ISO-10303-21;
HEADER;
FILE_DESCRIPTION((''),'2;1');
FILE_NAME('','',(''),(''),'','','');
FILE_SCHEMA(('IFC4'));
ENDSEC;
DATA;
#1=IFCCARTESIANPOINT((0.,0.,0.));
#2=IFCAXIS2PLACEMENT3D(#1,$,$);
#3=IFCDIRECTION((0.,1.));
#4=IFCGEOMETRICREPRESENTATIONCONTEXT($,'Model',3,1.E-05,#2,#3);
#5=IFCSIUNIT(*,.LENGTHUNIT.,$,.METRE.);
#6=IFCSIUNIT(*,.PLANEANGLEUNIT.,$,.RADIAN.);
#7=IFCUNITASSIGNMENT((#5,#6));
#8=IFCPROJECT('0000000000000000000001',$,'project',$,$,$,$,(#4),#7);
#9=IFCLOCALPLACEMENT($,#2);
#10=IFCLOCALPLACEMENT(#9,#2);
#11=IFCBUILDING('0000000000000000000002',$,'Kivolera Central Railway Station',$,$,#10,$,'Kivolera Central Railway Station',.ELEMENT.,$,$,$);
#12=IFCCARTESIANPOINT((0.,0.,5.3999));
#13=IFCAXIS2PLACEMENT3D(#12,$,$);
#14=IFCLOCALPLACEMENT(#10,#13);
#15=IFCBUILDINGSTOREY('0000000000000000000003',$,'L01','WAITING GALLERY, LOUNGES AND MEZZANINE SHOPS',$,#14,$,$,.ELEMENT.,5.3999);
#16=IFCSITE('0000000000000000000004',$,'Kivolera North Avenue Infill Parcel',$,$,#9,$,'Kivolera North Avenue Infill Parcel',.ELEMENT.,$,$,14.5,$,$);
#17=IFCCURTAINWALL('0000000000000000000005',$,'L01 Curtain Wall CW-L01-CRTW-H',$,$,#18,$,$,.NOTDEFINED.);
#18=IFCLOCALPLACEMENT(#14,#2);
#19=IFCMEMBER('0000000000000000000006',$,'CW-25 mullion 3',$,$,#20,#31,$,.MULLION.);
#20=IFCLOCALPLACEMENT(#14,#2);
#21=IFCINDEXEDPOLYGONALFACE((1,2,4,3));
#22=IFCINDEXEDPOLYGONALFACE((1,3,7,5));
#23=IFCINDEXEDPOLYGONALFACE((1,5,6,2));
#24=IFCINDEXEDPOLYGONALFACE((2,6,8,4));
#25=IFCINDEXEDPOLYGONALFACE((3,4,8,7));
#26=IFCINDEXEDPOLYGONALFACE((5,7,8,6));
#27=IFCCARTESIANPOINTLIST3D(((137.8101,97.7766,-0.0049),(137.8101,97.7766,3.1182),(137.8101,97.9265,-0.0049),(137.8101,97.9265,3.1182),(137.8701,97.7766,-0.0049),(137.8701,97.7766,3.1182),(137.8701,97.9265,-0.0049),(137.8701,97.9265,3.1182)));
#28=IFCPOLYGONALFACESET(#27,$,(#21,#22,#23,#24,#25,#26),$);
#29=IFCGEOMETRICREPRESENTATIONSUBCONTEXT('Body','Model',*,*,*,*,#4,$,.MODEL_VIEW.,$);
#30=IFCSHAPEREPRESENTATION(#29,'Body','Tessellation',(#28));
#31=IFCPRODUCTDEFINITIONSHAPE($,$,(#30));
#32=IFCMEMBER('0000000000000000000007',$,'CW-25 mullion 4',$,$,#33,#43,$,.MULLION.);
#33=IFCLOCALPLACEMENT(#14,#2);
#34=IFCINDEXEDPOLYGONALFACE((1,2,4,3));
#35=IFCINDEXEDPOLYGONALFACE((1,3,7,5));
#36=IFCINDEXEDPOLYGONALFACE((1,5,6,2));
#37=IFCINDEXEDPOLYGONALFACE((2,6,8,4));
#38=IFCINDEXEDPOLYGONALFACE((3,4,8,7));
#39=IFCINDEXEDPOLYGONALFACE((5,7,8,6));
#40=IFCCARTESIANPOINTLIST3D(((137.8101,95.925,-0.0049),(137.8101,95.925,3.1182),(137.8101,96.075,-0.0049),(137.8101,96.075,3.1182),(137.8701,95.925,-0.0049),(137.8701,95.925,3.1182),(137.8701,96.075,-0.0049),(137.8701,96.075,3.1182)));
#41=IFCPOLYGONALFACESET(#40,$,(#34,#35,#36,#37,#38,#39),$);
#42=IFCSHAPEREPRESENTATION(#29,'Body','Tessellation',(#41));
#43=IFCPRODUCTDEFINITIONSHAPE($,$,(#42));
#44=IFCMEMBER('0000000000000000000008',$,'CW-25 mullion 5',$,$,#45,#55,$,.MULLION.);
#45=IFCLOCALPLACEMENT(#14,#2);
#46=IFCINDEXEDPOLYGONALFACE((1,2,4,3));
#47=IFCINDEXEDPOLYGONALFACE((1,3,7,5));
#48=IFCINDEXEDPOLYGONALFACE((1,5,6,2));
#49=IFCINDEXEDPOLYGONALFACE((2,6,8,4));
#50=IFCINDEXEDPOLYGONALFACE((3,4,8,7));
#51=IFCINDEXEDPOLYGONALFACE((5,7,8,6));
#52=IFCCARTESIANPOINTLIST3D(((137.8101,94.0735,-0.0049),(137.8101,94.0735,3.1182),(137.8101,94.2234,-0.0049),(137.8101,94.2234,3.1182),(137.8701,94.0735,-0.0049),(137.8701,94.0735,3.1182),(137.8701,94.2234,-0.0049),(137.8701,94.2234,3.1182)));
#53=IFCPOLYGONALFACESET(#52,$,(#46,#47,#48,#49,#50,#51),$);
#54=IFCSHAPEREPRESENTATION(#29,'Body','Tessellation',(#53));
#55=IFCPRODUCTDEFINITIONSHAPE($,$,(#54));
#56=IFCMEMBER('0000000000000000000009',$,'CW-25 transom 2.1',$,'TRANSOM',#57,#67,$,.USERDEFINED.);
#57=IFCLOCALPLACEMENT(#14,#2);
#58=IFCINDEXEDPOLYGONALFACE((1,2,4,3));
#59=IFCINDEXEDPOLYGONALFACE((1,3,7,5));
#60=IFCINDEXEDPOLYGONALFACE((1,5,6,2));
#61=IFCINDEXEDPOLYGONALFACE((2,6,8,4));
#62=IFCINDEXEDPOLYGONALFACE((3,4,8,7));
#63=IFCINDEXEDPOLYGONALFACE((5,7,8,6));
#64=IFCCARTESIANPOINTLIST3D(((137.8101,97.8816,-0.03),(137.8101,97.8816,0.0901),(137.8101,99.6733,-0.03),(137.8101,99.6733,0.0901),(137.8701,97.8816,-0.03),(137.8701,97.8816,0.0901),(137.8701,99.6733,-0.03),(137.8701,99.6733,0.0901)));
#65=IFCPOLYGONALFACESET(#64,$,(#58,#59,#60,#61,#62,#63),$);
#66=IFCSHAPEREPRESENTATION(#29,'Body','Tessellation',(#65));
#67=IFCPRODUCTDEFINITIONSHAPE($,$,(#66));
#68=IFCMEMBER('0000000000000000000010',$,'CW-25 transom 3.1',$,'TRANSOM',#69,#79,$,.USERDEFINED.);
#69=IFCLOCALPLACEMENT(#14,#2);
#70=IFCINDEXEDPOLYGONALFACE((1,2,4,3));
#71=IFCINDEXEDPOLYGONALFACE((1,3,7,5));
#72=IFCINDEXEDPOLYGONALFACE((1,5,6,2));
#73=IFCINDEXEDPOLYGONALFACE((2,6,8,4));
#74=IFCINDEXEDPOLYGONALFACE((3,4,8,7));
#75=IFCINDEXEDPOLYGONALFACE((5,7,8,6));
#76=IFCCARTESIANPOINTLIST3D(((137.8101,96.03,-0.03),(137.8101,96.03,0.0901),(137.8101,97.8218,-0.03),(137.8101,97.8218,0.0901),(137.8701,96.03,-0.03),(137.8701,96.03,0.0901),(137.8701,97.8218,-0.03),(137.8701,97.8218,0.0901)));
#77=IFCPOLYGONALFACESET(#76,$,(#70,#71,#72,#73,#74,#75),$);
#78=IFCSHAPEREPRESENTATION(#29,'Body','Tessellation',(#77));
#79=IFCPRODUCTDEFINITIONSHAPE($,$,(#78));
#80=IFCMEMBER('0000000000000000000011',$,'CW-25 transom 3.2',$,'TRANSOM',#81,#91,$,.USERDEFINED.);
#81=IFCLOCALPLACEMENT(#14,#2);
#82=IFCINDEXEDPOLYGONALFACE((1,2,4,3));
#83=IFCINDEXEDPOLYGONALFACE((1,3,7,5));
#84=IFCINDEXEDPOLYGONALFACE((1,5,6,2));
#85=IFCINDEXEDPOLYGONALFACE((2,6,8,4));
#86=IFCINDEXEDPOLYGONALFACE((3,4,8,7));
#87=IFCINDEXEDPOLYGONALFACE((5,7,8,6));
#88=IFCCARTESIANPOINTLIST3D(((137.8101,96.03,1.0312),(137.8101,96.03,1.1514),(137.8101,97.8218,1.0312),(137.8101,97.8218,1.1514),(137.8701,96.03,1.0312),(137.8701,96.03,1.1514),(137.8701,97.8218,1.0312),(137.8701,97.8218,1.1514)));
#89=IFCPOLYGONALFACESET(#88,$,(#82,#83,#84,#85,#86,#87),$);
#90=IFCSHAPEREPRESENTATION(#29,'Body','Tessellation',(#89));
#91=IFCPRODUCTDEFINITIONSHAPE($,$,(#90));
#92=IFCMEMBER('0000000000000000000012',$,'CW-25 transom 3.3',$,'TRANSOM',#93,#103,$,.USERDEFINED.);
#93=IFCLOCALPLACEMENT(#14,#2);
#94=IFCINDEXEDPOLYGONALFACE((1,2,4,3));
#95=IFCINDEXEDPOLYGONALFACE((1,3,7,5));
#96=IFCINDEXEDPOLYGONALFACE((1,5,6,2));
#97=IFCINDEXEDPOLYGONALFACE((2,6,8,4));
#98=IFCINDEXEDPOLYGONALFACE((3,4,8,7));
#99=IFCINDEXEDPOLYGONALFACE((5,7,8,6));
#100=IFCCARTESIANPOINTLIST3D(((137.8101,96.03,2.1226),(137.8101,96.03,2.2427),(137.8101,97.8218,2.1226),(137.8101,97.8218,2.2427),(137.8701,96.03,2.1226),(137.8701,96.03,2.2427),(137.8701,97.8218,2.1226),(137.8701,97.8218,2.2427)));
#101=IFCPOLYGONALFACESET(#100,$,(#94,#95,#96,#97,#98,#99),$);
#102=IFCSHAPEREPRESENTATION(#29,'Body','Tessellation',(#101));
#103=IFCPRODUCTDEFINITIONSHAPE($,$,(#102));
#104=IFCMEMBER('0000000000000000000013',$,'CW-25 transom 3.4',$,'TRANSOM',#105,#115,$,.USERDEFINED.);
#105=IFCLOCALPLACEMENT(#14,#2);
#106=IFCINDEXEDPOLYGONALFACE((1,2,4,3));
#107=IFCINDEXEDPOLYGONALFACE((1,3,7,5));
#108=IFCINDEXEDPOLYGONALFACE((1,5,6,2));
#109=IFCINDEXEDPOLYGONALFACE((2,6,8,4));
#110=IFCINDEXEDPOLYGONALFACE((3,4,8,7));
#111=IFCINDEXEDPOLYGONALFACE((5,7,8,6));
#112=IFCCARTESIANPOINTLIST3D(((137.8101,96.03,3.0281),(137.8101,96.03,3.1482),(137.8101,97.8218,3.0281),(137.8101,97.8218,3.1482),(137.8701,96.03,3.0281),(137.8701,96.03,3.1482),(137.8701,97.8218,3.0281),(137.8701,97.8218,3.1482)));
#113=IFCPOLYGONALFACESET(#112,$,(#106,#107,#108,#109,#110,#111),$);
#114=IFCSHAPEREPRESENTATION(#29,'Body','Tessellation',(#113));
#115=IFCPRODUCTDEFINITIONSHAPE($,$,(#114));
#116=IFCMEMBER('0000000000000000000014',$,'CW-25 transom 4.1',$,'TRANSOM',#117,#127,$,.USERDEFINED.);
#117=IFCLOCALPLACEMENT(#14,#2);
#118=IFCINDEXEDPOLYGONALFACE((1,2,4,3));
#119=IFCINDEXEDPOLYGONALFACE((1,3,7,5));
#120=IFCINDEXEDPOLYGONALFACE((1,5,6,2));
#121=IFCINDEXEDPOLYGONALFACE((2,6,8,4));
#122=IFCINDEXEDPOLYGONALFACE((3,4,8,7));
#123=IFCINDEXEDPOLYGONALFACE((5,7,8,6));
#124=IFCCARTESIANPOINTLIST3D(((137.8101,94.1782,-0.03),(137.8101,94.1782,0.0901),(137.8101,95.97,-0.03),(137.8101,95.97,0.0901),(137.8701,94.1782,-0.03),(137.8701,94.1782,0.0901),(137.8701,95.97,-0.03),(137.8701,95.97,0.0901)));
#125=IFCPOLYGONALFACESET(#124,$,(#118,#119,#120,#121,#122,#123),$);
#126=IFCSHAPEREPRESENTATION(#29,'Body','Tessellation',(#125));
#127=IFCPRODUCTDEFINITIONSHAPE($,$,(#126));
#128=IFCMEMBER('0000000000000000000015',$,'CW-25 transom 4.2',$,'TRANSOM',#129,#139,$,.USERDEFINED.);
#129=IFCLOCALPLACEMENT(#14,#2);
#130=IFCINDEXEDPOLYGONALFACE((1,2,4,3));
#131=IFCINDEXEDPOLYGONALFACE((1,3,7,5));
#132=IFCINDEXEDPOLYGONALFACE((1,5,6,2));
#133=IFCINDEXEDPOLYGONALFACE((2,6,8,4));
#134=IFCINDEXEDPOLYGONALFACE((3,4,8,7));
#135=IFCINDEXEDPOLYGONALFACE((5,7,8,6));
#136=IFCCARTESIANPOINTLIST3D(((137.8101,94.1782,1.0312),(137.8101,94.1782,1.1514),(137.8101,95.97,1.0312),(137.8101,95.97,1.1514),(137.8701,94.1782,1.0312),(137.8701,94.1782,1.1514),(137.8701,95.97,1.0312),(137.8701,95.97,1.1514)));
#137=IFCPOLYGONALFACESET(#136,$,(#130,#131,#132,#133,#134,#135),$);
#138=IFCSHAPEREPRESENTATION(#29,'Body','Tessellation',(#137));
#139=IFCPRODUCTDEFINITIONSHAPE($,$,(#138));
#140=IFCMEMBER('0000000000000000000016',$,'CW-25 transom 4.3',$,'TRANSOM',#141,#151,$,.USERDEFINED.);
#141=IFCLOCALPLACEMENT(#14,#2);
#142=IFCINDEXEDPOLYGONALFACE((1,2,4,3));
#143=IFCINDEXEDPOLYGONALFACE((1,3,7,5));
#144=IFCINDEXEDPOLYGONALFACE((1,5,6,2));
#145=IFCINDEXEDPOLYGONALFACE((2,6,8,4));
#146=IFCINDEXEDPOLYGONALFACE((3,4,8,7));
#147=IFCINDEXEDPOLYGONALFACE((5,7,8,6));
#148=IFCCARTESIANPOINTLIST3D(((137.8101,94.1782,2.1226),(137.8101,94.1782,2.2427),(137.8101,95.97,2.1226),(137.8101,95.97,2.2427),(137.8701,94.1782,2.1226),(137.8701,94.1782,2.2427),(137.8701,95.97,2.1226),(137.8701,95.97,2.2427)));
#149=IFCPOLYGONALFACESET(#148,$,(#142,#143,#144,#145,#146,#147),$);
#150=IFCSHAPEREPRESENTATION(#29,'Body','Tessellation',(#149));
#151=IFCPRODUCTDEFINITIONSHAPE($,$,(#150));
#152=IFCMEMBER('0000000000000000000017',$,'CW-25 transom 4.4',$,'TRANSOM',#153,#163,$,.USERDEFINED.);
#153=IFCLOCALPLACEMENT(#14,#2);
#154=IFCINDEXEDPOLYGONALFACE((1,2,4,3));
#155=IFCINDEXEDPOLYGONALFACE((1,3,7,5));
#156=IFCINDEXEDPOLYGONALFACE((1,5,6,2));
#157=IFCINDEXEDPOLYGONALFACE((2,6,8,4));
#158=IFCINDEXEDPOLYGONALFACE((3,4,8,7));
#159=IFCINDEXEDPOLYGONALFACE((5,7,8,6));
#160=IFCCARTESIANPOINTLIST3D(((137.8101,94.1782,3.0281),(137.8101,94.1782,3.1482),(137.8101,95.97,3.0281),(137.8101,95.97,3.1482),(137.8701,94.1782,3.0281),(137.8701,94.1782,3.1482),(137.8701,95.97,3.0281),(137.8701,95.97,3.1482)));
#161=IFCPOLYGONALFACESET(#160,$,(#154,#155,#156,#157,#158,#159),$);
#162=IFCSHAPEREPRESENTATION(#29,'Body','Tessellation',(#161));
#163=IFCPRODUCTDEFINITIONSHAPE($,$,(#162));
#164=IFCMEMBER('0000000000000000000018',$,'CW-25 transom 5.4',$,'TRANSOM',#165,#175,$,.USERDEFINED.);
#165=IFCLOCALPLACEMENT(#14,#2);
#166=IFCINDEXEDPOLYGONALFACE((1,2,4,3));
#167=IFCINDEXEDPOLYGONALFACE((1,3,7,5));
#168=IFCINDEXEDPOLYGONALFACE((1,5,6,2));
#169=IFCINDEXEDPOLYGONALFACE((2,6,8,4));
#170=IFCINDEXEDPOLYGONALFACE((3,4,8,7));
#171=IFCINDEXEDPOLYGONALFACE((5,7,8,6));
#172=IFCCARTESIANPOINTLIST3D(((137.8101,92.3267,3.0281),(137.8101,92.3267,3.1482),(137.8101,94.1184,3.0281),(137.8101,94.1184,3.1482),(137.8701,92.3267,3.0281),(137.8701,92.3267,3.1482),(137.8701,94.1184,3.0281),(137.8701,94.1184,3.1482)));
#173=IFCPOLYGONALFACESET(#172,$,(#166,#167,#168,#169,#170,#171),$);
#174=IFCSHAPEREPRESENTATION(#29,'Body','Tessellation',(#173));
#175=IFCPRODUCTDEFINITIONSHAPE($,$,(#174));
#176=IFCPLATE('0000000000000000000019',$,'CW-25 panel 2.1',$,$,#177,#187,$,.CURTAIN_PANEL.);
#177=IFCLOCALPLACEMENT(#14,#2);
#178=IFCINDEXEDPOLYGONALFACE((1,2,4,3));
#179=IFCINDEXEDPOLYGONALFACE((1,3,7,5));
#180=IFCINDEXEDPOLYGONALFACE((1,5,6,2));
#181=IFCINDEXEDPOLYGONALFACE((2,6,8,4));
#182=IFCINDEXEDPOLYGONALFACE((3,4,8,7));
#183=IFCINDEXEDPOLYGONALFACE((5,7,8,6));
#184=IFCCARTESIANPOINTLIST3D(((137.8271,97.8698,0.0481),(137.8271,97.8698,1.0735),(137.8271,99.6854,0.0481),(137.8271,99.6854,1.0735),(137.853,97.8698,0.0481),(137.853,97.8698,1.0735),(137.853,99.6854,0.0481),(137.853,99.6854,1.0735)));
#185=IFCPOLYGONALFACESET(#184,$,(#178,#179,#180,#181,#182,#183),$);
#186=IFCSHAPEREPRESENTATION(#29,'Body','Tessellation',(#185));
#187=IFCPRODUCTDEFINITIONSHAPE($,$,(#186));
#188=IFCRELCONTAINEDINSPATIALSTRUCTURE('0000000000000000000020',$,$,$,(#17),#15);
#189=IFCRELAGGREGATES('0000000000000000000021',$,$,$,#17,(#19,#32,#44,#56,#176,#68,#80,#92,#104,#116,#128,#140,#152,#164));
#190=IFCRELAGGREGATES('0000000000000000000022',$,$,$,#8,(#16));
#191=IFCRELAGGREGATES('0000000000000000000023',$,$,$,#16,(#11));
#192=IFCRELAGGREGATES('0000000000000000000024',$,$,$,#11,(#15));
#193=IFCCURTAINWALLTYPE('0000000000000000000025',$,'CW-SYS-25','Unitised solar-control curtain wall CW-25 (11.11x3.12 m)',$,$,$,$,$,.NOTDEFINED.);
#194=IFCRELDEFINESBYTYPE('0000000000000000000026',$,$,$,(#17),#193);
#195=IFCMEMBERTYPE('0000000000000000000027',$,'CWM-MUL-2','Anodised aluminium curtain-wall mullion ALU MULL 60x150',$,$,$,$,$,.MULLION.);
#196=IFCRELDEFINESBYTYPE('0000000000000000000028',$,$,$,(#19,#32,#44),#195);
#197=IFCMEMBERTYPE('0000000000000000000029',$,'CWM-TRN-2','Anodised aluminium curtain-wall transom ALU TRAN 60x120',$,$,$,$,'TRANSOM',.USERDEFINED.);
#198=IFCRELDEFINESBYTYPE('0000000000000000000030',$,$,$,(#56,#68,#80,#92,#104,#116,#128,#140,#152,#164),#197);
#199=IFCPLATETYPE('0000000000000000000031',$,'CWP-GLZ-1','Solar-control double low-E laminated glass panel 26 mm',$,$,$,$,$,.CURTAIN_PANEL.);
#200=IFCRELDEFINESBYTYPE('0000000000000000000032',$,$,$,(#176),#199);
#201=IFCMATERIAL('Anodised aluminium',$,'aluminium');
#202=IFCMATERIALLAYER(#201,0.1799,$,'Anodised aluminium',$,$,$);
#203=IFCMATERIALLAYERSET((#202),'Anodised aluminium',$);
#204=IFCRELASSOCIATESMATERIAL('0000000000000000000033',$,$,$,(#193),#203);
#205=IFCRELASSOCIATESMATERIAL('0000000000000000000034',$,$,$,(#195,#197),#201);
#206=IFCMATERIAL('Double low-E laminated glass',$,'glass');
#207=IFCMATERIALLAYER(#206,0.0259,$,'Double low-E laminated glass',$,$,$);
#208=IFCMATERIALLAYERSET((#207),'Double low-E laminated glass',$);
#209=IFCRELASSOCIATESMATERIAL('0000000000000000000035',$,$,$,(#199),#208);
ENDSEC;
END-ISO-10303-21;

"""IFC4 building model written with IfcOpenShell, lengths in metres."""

from ifc_helpers import new_model, si_unit, direction, frame, origin, origin_2d, place, context, subcontext, project, spatial, rectangle, extrude, material, layer, layer_set, material_profile, profile_set, type_object, element, aggregate, save


model = new_model("IFC4")

# Units and contexts
model_context = context("Model", 3, precision=1e-05, world=origin(), true_north=direction((0.0, 1.0)))
body_context = subcontext(model_context, "Body", "Model", "MODEL_VIEW")
ifc_project = project(units=[si_unit("LENGTHUNIT", "METRE"), si_unit("PLANEANGLEUNIT", "RADIAN")], contexts=[model_context])

# Site, building, storey
site_placement = place(None, origin())
site = spatial("IfcSite", under=ifc_project, at=site_placement, Name="Kivolera North Avenue Infill Parcel", LongName="Kivolera North Avenue Infill Parcel", CompositionType="ELEMENT", RefElevation=14.5)
building_placement = place(site_placement, origin())
building = spatial("IfcBuilding", under=site, at=building_placement, Name="Kivolera Central Railway Station", LongName="Kivolera Central Railway Station", CompositionType="ELEMENT")
storey_placement = place(building_placement, frame((0.0, 0.0, 5.3999)))
storey = spatial("IfcBuildingStorey", under=building, at=storey_placement, Name="L01", Description="WAITING GALLERY, LOUNGES AND MEZZANINE SHOPS", CompositionType="ELEMENT", Elevation=5.3999)

# Curtain wall, members, plate
ifc_material_1 = material(Name="Anodised aluminium", Category="aluminium")
ifc_layer_1 = layer(ifc_material_1, 0.1799, Name="Anodised aluminium")
ifc_layer_set_1 = layer_set([ifc_layer_1], Name="Anodised aluminium")
curtain_wall_type = type_object("IfcCurtainWallType", Name="CW-SYS-25", Description="Unitised solar-control curtain wall CW-25 (11.11x3.12 m)", PredefinedType="NOTDEFINED", material=ifc_layer_set_1)
curtain_wall_placement = place(storey_placement, origin())
curtain_wall = element("IfcCurtainWall", 1, at=curtain_wall_placement, inside=storey, type_object=curtain_wall_type, Name="L01 Curtain Wall CW-L01-CRTW-H", PredefinedType="NOTDEFINED")
ifc_material_profile_1 = material_profile(ifc_material_1, rectangle(XDim=0.0601, YDim=0.1499, at=origin_2d()), Name="ALU MULL 60x150")
ifc_profile_set_1 = profile_set([ifc_material_profile_1], Name="Anodised aluminium")
member_type_1 = type_object("IfcMemberType", Name="CWM-MUL-2", Description="Anodised aluminium curtain-wall mullion ALU MULL 60x150", PredefinedType="MULLION", material=ifc_profile_set_1)
member_1_placement = place(storey_placement, frame((137.8401, 97.8516, -0.0049), z_axis=(0.0, 0.0, 1.0), x_axis=(1.0, 0.0, 0.0)))
member_1 = element("IfcMember", 2, at=member_1_placement, type_object=member_type_1, Name="CW-25 mullion 3", PredefinedType="MULLION", context=body_context, shape_type="SweptSolid", body=[
    extrude(rectangle(XDim=0.0601, YDim=0.1499, at=origin_2d()), origin(), (0.0, 0.0, 1.0), 3.123),
])
member_2_placement = place(storey_placement, frame((137.8401, 96.0, -0.0049), z_axis=(0.0, 0.0, 1.0), x_axis=(1.0, 0.0, 0.0)))
member_2 = element("IfcMember", 3, at=member_2_placement, type_object=member_type_1, Name="CW-25 mullion 4", PredefinedType="MULLION", context=body_context, shape_type="SweptSolid", body=[
    extrude(rectangle(XDim=0.0601, YDim=0.1499, at=origin_2d()), origin(), (0.0, 0.0, 1.0), 3.123),
])
member_3_placement = place(storey_placement, frame((137.8401, 94.1484, -0.0049), z_axis=(0.0, 0.0, 1.0), x_axis=(1.0, 0.0, 0.0)))
member_3 = element("IfcMember", 4, at=member_3_placement, type_object=member_type_1, Name="CW-25 mullion 5", PredefinedType="MULLION", context=body_context, shape_type="SweptSolid", body=[
    extrude(rectangle(XDim=0.0601, YDim=0.1499, at=origin_2d()), origin(), (0.0, 0.0, 1.0), 3.123),
])
ifc_material_profile_2 = material_profile(ifc_material_1, rectangle(XDim=0.0601, YDim=0.1201, at=origin_2d()), Name="ALU TRAN 60x120")
ifc_profile_set_2 = profile_set([ifc_material_profile_2], Name="Anodised aluminium")
member_type_2 = type_object("IfcMemberType", Name="CWM-TRN-2", Description="Anodised aluminium curtain-wall transom ALU TRAN 60x120", ElementType="TRANSOM", PredefinedType="USERDEFINED", material=ifc_profile_set_2)
member_4_placement = place(storey_placement, frame((137.8401, 99.6733, 0.03), z_axis=(0.0, -1.0, 0.0), x_axis=(1.0, 0.0, 0.0)))
member_4 = element("IfcMember", 5, at=member_4_placement, type_object=member_type_2, Name="CW-25 transom 2.1", ObjectType="TRANSOM", PredefinedType="USERDEFINED", context=body_context, shape_type="SweptSolid", body=[
    extrude(rectangle(XDim=0.0601, YDim=0.1201, at=origin_2d()), origin(), (0.0, 0.0, 1.0), 1.7917),
])
member_5_placement = place(storey_placement, frame((137.8401, 97.8218, 0.03), z_axis=(0.0, -1.0, 0.0), x_axis=(1.0, 0.0, 0.0)))
member_5 = element("IfcMember", 6, at=member_5_placement, type_object=member_type_2, Name="CW-25 transom 3.1", ObjectType="TRANSOM", PredefinedType="USERDEFINED", context=body_context, shape_type="SweptSolid", body=[
    extrude(rectangle(XDim=0.0601, YDim=0.1201, at=origin_2d()), origin(), (0.0, 0.0, 1.0), 1.7917),
])
member_6_placement = place(storey_placement, frame((137.8401, 97.8218, 1.0913), z_axis=(0.0, -1.0, 0.0), x_axis=(1.0, 0.0, 0.0)))
member_6 = element("IfcMember", 7, at=member_6_placement, type_object=member_type_2, Name="CW-25 transom 3.2", ObjectType="TRANSOM", PredefinedType="USERDEFINED", context=body_context, shape_type="SweptSolid", body=[
    extrude(rectangle(XDim=0.0601, YDim=0.1201, at=origin_2d()), origin(), (0.0, 0.0, 1.0), 1.7917),
])
member_7_placement = place(storey_placement, frame((137.8401, 97.8218, 2.1826), z_axis=(0.0, -1.0, 0.0), x_axis=(1.0, 0.0, 0.0)))
member_7 = element("IfcMember", 8, at=member_7_placement, type_object=member_type_2, Name="CW-25 transom 3.3", ObjectType="TRANSOM", PredefinedType="USERDEFINED", context=body_context, shape_type="SweptSolid", body=[
    extrude(rectangle(XDim=0.0601, YDim=0.1201, at=origin_2d()), origin(), (0.0, 0.0, 1.0), 1.7917),
])
member_8_placement = place(storey_placement, frame((137.8401, 97.8218, 3.0881), z_axis=(0.0, -1.0, 0.0), x_axis=(1.0, 0.0, 0.0)))
member_8 = element("IfcMember", 9, at=member_8_placement, type_object=member_type_2, Name="CW-25 transom 3.4", ObjectType="TRANSOM", PredefinedType="USERDEFINED", context=body_context, shape_type="SweptSolid", body=[
    extrude(rectangle(XDim=0.0601, YDim=0.1201, at=origin_2d()), origin(), (0.0, 0.0, 1.0), 1.7917),
])
member_9_placement = place(storey_placement, frame((137.8401, 95.97, 0.03), z_axis=(0.0, -1.0, 0.0), x_axis=(1.0, 0.0, 0.0)))
member_9 = element("IfcMember", 10, at=member_9_placement, type_object=member_type_2, Name="CW-25 transom 4.1", ObjectType="TRANSOM", PredefinedType="USERDEFINED", context=body_context, shape_type="SweptSolid", body=[
    extrude(rectangle(XDim=0.0601, YDim=0.1201, at=origin_2d()), origin(), (0.0, 0.0, 1.0), 1.7917),
])
member_10_placement = place(storey_placement, frame((137.8401, 95.97, 1.0913), z_axis=(0.0, -1.0, 0.0), x_axis=(1.0, 0.0, 0.0)))
member_10 = element("IfcMember", 11, at=member_10_placement, type_object=member_type_2, Name="CW-25 transom 4.2", ObjectType="TRANSOM", PredefinedType="USERDEFINED", context=body_context, shape_type="SweptSolid", body=[
    extrude(rectangle(XDim=0.0601, YDim=0.1201, at=origin_2d()), origin(), (0.0, 0.0, 1.0), 1.7917),
])
member_11_placement = place(storey_placement, frame((137.8401, 95.97, 2.1826), z_axis=(0.0, -1.0, 0.0), x_axis=(1.0, 0.0, 0.0)))
member_11 = element("IfcMember", 12, at=member_11_placement, type_object=member_type_2, Name="CW-25 transom 4.3", ObjectType="TRANSOM", PredefinedType="USERDEFINED", context=body_context, shape_type="SweptSolid", body=[
    extrude(rectangle(XDim=0.0601, YDim=0.1201, at=origin_2d()), origin(), (0.0, 0.0, 1.0), 1.7917),
])
member_12_placement = place(storey_placement, frame((137.8401, 95.97, 3.0881), z_axis=(0.0, -1.0, 0.0), x_axis=(1.0, 0.0, 0.0)))
member_12 = element("IfcMember", 13, at=member_12_placement, type_object=member_type_2, Name="CW-25 transom 4.4", ObjectType="TRANSOM", PredefinedType="USERDEFINED", context=body_context, shape_type="SweptSolid", body=[
    extrude(rectangle(XDim=0.0601, YDim=0.1201, at=origin_2d()), origin(), (0.0, 0.0, 1.0), 1.7917),
])
member_13_placement = place(storey_placement, frame((137.8401, 94.1184, 3.0881), z_axis=(0.0, -1.0, 0.0), x_axis=(1.0, 0.0, 0.0)))
member_13 = element("IfcMember", 14, at=member_13_placement, type_object=member_type_2, Name="CW-25 transom 5.4", ObjectType="TRANSOM", PredefinedType="USERDEFINED", context=body_context, shape_type="SweptSolid", body=[
    extrude(rectangle(XDim=0.0601, YDim=0.1201, at=origin_2d()), origin(), (0.0, 0.0, 1.0), 1.7917),
])
ifc_material_2 = material(Name="Double low-E laminated glass", Category="glass")
ifc_layer_2 = layer(ifc_material_2, 0.0259, Name="Double low-E laminated glass")
ifc_layer_set_2 = layer_set([ifc_layer_2], Name="Double low-E laminated glass")
plate_type = type_object("IfcPlateType", Name="CWP-GLZ-1", Description="Solar-control double low-E laminated glass panel 26 mm", PredefinedType="CURTAIN_PANEL", material=ifc_layer_set_2)
plate_1_placement = place(storey_placement, frame((137.8401, 98.7776, 0.0481), z_axis=(0.0, 0.0, 1.0), x_axis=(0.0, -1.0, 0.0)))
plate_1 = element("IfcPlate", 15, at=plate_1_placement, type_object=plate_type, Name="CW-25 panel 2.1", PredefinedType="CURTAIN_PANEL", context=body_context, shape_type="SweptSolid", body=[
    extrude(rectangle(XDim=1.8157, YDim=0.0259, at=origin_2d()), origin(), (0.0, 0.0, 1.0), 1.0254),
])
aggregate(curtain_wall, [member_1, member_2, member_3, member_4, plate_1, member_5, member_6, member_7, member_8, member_9, member_10, member_11, member_12, member_13])

save(model, "model.ifc")
